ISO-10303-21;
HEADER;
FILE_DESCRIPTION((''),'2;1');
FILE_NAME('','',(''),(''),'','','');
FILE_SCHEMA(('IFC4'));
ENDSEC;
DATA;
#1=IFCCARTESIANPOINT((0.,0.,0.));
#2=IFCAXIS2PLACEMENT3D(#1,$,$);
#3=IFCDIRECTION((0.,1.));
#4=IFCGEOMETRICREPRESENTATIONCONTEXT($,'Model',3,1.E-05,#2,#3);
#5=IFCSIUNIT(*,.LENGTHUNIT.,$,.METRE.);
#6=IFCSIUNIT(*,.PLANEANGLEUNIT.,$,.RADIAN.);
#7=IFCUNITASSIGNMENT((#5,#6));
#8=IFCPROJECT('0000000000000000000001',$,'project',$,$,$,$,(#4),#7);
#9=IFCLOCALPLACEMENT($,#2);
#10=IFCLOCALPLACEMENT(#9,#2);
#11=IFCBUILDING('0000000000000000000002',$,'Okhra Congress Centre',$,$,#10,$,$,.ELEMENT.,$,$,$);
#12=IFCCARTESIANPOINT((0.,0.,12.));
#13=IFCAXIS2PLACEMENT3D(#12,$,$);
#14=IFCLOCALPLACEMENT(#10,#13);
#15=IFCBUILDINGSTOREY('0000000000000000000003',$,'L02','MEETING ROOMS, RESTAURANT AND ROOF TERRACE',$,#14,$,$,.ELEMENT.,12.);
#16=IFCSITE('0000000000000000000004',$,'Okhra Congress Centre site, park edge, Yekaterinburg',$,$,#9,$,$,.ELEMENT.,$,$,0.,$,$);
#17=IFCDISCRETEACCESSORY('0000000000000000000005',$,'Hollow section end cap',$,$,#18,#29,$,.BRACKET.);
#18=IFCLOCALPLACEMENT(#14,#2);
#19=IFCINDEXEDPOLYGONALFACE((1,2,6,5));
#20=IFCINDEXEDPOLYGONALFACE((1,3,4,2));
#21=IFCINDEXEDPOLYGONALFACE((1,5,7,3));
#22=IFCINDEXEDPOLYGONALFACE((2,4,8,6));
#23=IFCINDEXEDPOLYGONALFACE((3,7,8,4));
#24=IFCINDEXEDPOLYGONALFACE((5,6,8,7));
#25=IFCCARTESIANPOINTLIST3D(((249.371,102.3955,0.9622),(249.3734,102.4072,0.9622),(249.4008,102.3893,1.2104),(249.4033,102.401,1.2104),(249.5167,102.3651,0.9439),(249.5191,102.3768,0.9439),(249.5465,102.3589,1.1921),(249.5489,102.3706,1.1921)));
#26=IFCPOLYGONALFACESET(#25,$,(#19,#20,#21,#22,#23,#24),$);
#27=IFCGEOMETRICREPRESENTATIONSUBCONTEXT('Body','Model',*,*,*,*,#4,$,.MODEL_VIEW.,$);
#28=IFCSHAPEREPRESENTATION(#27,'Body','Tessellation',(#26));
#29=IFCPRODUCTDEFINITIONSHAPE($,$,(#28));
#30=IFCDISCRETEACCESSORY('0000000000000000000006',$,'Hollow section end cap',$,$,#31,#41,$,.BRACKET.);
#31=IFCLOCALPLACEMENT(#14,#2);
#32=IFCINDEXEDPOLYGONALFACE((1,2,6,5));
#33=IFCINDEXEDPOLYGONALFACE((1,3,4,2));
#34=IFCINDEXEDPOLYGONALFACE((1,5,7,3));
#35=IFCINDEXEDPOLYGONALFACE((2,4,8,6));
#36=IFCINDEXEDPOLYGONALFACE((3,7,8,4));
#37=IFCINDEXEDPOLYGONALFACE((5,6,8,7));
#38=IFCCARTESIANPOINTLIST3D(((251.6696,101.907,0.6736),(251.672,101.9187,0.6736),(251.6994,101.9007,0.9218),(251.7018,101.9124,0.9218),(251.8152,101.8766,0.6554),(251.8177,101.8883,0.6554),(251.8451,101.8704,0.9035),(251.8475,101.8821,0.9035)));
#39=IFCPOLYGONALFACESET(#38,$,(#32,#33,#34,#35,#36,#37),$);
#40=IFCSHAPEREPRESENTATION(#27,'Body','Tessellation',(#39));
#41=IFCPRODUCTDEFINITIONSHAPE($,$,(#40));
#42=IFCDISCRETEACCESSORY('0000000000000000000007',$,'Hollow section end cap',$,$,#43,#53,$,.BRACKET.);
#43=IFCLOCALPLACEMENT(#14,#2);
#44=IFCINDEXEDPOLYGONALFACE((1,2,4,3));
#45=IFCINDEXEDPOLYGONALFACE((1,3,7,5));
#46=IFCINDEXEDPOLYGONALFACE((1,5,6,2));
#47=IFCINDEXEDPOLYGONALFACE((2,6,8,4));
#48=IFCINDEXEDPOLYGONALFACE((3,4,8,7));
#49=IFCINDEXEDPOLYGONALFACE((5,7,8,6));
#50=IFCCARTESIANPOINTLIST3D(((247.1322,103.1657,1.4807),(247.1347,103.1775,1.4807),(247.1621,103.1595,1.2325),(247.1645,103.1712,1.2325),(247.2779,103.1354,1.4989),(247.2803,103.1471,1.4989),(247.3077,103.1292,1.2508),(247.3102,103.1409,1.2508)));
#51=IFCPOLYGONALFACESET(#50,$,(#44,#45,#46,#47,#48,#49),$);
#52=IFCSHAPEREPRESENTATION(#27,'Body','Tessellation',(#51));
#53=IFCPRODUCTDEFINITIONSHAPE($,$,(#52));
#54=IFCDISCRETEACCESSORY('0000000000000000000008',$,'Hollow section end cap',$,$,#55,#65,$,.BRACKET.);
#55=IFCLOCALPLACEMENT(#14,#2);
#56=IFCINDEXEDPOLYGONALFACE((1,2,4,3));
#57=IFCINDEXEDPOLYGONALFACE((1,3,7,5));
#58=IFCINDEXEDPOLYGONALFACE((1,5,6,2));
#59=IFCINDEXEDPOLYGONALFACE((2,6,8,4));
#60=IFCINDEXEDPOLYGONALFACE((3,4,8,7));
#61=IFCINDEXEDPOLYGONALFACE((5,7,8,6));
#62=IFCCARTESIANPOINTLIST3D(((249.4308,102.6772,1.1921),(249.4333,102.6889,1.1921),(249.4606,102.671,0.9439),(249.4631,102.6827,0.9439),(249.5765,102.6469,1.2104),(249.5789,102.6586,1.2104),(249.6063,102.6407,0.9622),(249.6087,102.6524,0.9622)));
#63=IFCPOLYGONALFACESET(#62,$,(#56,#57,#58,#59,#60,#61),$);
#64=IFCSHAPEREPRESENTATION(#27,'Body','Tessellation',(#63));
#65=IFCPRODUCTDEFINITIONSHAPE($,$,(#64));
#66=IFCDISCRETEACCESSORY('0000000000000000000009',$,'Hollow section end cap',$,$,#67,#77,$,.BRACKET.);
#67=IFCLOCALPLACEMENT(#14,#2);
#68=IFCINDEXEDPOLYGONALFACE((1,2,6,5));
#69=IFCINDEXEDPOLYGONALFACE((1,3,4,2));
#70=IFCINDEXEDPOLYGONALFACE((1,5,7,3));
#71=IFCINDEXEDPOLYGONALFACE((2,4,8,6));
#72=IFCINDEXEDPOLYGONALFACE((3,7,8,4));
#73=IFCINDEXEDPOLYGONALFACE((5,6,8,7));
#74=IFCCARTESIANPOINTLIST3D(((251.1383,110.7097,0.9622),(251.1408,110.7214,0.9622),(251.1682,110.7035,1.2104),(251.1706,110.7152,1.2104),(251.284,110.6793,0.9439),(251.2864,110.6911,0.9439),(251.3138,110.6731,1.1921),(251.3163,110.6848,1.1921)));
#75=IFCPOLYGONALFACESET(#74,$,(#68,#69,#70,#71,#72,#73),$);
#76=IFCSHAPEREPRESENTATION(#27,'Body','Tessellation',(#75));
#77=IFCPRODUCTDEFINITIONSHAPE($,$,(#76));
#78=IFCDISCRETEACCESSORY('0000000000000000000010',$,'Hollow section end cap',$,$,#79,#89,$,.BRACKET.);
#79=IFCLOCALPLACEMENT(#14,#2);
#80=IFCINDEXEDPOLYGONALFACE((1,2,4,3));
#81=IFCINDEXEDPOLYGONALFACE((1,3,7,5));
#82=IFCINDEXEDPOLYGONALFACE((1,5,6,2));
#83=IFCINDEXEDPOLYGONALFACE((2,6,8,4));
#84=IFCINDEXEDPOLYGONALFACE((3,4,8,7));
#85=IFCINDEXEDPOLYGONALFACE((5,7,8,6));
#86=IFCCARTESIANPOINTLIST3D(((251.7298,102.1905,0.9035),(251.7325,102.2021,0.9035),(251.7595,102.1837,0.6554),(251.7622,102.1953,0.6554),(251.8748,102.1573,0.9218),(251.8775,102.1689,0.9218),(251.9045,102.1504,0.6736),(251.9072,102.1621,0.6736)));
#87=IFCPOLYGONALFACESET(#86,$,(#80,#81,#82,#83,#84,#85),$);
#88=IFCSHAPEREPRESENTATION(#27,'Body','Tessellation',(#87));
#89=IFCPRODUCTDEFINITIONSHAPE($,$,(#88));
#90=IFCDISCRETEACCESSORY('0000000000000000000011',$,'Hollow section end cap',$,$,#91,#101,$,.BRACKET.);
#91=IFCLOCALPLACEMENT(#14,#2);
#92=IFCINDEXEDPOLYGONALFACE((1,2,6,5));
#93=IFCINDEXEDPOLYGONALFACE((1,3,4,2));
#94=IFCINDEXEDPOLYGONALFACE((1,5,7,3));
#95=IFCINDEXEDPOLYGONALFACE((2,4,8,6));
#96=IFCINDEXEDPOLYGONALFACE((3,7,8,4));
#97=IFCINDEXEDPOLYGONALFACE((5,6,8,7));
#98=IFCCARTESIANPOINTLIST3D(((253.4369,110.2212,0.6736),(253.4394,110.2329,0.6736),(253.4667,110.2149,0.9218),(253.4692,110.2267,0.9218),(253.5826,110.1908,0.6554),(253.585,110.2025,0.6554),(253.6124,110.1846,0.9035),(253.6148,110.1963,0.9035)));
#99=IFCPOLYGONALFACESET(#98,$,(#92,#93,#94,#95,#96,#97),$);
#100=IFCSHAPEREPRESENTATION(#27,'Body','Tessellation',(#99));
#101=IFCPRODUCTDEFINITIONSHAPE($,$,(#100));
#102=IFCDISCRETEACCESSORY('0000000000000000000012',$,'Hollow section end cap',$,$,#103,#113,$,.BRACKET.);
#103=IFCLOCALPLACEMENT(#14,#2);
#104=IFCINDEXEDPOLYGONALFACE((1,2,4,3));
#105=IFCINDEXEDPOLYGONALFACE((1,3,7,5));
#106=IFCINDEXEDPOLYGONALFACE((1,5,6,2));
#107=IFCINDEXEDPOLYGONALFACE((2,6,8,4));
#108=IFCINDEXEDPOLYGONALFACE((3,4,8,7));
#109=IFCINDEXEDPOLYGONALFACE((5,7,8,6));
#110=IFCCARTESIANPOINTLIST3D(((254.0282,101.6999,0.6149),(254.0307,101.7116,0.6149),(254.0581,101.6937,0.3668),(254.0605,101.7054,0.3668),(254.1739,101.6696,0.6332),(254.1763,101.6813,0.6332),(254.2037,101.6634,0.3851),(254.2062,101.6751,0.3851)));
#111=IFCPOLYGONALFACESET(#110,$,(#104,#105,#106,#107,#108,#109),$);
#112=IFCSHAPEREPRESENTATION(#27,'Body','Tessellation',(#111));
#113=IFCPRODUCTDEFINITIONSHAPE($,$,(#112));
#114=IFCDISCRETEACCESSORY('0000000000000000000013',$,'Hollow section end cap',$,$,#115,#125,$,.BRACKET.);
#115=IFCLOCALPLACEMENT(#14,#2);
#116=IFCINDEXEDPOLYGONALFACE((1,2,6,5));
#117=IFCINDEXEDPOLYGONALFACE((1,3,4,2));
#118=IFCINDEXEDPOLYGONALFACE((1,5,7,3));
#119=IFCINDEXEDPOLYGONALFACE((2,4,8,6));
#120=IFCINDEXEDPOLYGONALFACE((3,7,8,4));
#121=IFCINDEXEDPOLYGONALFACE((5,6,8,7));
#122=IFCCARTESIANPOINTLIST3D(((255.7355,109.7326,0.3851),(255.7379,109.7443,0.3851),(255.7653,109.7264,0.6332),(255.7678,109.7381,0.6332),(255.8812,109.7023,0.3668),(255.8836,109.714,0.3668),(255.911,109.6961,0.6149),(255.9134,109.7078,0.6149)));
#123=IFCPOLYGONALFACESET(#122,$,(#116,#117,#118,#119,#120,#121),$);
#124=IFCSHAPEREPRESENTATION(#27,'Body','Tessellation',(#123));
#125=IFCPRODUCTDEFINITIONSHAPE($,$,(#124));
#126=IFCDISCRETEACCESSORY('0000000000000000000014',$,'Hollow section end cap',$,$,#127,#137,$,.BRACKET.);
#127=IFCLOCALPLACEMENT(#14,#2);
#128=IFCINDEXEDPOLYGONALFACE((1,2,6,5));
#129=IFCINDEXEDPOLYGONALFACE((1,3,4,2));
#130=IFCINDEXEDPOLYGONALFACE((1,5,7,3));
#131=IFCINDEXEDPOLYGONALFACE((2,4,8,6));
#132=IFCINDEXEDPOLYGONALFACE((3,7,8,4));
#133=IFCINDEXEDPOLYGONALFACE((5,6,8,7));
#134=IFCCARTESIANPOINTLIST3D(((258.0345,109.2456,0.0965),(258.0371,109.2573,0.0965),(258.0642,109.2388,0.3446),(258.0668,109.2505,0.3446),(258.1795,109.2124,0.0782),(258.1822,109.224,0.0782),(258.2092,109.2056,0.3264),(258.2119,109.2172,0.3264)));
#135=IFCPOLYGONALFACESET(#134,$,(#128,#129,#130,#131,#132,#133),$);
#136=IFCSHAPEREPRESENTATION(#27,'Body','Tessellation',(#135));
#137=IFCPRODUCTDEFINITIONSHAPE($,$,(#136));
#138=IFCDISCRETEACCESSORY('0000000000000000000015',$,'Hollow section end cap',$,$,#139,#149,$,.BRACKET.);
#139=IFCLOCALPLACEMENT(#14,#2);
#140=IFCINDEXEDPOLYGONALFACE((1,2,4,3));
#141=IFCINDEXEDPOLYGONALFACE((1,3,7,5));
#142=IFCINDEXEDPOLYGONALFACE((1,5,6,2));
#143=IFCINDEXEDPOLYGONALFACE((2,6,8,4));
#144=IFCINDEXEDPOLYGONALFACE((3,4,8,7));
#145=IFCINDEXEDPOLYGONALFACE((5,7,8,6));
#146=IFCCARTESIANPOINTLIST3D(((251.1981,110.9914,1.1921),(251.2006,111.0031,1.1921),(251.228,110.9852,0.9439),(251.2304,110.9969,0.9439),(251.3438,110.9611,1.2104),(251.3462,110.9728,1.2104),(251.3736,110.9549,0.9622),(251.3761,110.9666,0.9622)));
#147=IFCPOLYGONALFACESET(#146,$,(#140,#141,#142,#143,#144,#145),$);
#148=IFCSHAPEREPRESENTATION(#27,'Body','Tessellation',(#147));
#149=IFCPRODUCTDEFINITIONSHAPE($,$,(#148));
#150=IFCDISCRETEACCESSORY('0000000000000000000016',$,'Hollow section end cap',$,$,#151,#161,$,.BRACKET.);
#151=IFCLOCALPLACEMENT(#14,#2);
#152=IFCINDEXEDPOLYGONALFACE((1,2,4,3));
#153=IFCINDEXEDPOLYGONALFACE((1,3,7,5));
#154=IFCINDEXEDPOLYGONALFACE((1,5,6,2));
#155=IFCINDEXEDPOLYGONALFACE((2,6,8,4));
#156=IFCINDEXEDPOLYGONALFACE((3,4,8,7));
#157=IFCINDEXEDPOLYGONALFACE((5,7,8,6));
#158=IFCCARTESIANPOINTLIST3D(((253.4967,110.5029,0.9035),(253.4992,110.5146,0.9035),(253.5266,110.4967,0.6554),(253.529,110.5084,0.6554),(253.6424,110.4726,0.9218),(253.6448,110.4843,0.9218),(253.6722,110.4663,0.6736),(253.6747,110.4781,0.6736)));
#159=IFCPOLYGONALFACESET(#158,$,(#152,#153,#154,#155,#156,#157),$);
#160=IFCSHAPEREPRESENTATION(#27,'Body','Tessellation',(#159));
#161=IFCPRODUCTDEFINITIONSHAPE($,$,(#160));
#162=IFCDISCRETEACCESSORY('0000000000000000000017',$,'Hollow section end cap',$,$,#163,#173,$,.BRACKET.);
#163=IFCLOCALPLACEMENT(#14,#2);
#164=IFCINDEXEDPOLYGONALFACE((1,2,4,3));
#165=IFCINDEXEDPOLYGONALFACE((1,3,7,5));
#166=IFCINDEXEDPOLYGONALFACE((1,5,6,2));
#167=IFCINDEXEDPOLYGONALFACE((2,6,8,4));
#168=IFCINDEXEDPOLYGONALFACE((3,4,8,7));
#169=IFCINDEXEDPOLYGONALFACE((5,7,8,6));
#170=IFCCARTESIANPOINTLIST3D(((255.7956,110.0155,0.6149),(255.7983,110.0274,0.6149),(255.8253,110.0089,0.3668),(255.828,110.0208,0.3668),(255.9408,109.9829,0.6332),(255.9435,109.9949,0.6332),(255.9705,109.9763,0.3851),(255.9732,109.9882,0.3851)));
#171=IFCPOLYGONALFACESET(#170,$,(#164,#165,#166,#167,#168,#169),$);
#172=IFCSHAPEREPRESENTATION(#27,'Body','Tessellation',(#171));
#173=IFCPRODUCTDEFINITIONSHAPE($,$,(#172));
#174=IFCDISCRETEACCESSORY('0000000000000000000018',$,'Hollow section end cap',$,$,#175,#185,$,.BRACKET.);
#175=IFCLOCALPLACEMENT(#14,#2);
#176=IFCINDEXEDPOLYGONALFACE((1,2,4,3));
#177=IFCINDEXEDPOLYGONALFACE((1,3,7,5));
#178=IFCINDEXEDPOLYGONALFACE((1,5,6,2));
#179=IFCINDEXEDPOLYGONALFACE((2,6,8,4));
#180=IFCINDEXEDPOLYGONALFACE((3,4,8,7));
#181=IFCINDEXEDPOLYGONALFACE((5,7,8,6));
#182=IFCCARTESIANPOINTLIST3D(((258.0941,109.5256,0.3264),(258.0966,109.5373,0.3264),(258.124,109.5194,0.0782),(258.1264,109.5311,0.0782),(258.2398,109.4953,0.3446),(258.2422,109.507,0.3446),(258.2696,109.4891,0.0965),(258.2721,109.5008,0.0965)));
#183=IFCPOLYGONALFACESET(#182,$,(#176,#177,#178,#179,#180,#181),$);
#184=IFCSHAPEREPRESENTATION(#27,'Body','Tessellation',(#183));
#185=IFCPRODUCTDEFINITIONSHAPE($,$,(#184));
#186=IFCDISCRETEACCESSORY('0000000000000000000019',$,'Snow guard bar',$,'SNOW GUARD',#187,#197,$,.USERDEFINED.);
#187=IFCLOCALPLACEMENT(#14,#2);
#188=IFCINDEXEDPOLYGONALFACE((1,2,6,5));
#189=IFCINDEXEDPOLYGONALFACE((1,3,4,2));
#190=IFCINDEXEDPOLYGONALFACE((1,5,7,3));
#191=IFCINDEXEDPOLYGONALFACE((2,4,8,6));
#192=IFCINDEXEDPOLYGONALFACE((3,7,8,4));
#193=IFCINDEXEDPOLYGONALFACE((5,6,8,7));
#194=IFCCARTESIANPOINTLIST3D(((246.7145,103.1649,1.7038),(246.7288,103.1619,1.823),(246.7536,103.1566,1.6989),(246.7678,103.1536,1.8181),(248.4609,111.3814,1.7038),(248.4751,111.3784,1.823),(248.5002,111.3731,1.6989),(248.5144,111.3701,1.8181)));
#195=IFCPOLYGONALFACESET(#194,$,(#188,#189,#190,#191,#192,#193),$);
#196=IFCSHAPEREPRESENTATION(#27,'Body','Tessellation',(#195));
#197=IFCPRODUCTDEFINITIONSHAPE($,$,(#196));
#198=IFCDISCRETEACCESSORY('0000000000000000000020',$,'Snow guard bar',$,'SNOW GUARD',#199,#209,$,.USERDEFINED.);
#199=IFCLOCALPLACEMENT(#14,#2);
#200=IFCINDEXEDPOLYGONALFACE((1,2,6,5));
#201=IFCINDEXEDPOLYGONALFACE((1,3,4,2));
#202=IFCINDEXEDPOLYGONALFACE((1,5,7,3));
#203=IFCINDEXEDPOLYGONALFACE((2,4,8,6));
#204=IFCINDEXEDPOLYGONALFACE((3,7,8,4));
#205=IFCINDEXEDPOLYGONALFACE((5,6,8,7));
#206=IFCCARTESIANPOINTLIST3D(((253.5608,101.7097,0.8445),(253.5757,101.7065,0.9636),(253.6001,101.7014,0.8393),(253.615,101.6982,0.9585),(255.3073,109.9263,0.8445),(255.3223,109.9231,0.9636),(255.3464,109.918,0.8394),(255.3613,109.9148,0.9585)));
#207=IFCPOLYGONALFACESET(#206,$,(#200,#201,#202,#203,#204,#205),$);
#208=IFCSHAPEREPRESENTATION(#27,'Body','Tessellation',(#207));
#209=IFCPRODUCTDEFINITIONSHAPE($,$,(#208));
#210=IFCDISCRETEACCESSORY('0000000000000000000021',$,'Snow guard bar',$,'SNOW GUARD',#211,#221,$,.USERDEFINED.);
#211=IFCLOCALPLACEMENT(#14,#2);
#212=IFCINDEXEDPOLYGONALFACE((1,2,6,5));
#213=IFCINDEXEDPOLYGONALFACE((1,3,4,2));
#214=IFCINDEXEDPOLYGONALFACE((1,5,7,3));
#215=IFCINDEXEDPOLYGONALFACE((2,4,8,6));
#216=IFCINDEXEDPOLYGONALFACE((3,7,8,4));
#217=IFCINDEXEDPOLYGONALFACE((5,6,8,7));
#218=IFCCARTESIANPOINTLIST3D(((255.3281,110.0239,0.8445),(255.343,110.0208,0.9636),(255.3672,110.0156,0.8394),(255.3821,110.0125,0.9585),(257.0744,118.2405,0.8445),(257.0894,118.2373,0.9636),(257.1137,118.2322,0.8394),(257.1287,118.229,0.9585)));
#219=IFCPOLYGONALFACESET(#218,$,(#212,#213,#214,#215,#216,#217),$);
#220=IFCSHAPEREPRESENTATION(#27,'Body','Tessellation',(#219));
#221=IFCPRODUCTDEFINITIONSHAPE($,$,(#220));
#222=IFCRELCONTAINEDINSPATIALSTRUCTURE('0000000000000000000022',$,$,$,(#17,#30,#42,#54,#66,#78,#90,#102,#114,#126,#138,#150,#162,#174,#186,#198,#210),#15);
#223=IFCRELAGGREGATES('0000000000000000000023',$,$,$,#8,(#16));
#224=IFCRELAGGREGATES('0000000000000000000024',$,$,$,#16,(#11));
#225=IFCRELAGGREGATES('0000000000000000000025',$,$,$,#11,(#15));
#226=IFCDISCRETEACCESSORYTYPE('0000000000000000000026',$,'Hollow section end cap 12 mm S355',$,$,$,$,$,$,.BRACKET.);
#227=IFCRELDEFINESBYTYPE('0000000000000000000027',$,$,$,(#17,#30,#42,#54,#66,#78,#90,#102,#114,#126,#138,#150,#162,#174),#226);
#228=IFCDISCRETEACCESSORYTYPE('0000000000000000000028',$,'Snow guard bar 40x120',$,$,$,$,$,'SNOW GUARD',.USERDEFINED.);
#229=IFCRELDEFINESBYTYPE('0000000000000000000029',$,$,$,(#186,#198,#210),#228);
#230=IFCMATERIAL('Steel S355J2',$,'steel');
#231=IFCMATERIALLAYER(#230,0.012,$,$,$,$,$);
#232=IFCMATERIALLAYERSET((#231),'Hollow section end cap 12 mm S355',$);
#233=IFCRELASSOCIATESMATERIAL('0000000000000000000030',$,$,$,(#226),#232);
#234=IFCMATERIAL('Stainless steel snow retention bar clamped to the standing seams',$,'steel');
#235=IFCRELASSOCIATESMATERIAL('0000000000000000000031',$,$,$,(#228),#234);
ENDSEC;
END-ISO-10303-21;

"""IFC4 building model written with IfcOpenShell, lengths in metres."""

from ifc_helpers import new_model, si_unit, direction, frame, origin, origin_2d, place, context, subcontext, project, spatial, polyline, rectangle, outline, extrude, material, layer, layer_set, type_object, element, save


model = new_model("IFC4")

# Units and contexts
model_context = context("Model", 3, precision=1e-05, world=origin(), true_north=direction((0.0, 1.0)))
body_context = subcontext(model_context, "Body", "Model", "MODEL_VIEW")
ifc_project = project(units=[si_unit("LENGTHUNIT", "METRE"), si_unit("PLANEANGLEUNIT", "RADIAN")], contexts=[model_context])

# Site, building, storey
site_placement = place(None, origin())
site = spatial("IfcSite", under=ifc_project, at=site_placement, Name="Okhra Congress Centre site, park edge, Yekaterinburg", CompositionType="ELEMENT", RefElevation=0.0)
building_placement = place(site_placement, origin())
building = spatial("IfcBuilding", under=site, at=building_placement, Name="Okhra Congress Centre", CompositionType="ELEMENT")
storey_placement = place(building_placement, frame((0.0, 0.0, 12.0)))
storey = spatial("IfcBuildingStorey", under=building, at=storey_placement, Name="L02", Description="MEETING ROOMS, RESTAURANT AND ROOF TERRACE", CompositionType="ELEMENT", Elevation=12.0)

# Shared definitions
ifc_material_1 = material(Name="Steel S355J2", Category="steel")

# Discrete accessories
ifc_layer = layer(ifc_material_1, 0.012)
ifc_layer_set = layer_set([ifc_layer], Name="Hollow section end cap 12 mm S355")
discrete_accessory_type_1 = type_object("IfcDiscreteAccessoryType", Name="Hollow section end cap 12 mm S355", PredefinedType="BRACKET", material=ifc_layer_set)
for number, where, z_axis, x_axis, name in (
    (1, (249.4587, 102.3772, 1.0771), (0.203954, 0.97898, 0.0), (-0.971683, 0.202434, 0.121869), "Hollow section end cap"),
    (2, (251.7573, 101.8887, 0.7886), (0.203954, 0.97898, 0.0), (-0.971683, 0.202434, 0.121869), "Hollow section end cap"),
    (3, (247.2224, 103.1592, 1.3657), (-0.203954, -0.97898, 0.0), (0.971683, -0.202434, 0.121869), "Hollow section end cap"),
    (4, (249.521, 102.6707, 1.0771), (-0.203954, -0.97898, 0.0), (0.971683, -0.202434, 0.121869), "Hollow section end cap"),
    (5, (251.2261, 110.6914, 1.0771), (0.203954, 0.97898, 0.0), (-0.971683, 0.202434, 0.121869), "Hollow section end cap"),
    (6, (251.8198, 102.1821, 0.7886), (-0.223376, -0.974732, 0.0), (0.967467, -0.221711, 0.121869), "Hollow section end cap"),
    (7, (253.5247, 110.2029, 0.7886), (0.203954, 0.97898, 0.0), (-0.971683, 0.202434, 0.121869), "Hollow section end cap"),
    (8, (254.1184, 101.6934, 0.5), (-0.203954, -0.97898, 0.0), (0.971683, -0.202434, 0.121869), "Hollow section end cap"),
    (9, (255.8232, 109.7144, 0.5), (0.203954, 0.97898, 0.0), (-0.971683, 0.202434, 0.121869), "Hollow section end cap"),
    (10, (258.1218, 109.2256, 0.2114), (0.223376, 0.974732, 0.0), (-0.967467, 0.221711, 0.121869), "Hollow section end cap"),
    (11, (251.2883, 110.9849, 1.0771), (-0.203954, -0.97898, 0.0), (0.971683, -0.202434, 0.121869), "Hollow section end cap"),
    (12, (253.5869, 110.4963, 0.7886), (-0.203954, -0.97898, 0.0), (0.971683, -0.202434, 0.121869), "Hollow section end cap"),
):
    element("IfcDiscreteAccessory", number, at=place(storey_placement, frame(where, z_axis=z_axis, x_axis=x_axis)), inside=storey, type_object=discrete_accessory_type_1, Name=name, PredefinedType="BRACKET", context=body_context, shape_type="SweptSolid", body=[
        extrude(rectangle(XDim=0.1499, YDim=0.25, at=origin_2d()), origin(), (0.0, 0.0, 1.0), 0.012),
    ])
discrete_accessory_1_placement = place(storey_placement, frame((255.8857, 110.0078, 0.5), z_axis=(-0.219038, -0.975716, 0.0), x_axis=(0.968443, -0.217406, 0.121869)))
element("IfcDiscreteAccessory", 13, at=discrete_accessory_1_placement, inside=storey, type_object=discrete_accessory_type_1, Name="Hollow section end cap", PredefinedType="BRACKET", context=body_context, shape_type="SweptSolid", body=[
    extrude(rectangle(XDim=0.1499, YDim=0.25, at=origin_2d()), origin(), (0.0, 0.0, 1.0), 0.0122),
])
discrete_accessory_2_placement = place(storey_placement, frame((258.1843, 109.519, 0.2114), z_axis=(-0.203954, -0.97898, 0.0), x_axis=(0.971683, -0.202434, 0.121869)))
element("IfcDiscreteAccessory", 14, at=discrete_accessory_2_placement, inside=storey, type_object=discrete_accessory_type_1, Name="Hollow section end cap", PredefinedType="BRACKET", context=body_context, shape_type="SweptSolid", body=[
    extrude(rectangle(XDim=0.1499, YDim=0.25, at=origin_2d()), origin(), (0.0, 0.0, 1.0), 0.012),
])
ifc_material_2 = material(Name="Stainless steel snow retention bar clamped to the standing seams", Category="steel")
discrete_accessory_type_2 = type_object("IfcDiscreteAccessoryType", Name="Snow guard bar 40x120", ElementType="SNOW GUARD", PredefinedType="USERDEFINED", material=ifc_material_2)
discrete_accessory_3_placement = place(storey_placement, frame((246.7288, 103.1619, 1.823), z_axis=(0.118365, -0.025159, 0.992651), x_axis=(0.970971, -0.206331, -0.12101)))
element("IfcDiscreteAccessory", 15, at=discrete_accessory_3_placement, inside=storey, type_object=discrete_accessory_type_2, Name="Snow guard bar", ObjectType="SNOW GUARD", PredefinedType="USERDEFINED", context=body_context, shape_type="SweptSolid", body=[
    extrude(outline(polyline([(0.0, 0.0), (0.0402, 0.0), (0.0408, 8.4001), (0.0003, 8.4001), (0.0, 0.0)])), origin(), (0.0, 0.0, -1.0), 0.1201),
])
discrete_accessory_4_placement = place(storey_placement, frame((253.5757, 101.7065, 0.9636), z_axis=(0.12419, -0.026397, 0.991907), x_axis=(0.970503, -0.204951, -0.126965)))
element("IfcDiscreteAccessory", 16, at=discrete_accessory_4_placement, inside=storey, type_object=discrete_accessory_type_2, Name="Snow guard bar", ObjectType="SNOW GUARD", PredefinedType="USERDEFINED", context=body_context, shape_type="SweptSolid", body=[
    extrude(outline(polyline([(0.0, 0.0), (0.0405, 0.0), (0.0513, 8.4001), (0.0111, 8.4001), (0.0, 0.0)])), origin(), (0.0, 0.0, -1.0), 0.1201),
])
discrete_accessory_5_placement = place(storey_placement, frame((255.343, 110.0208, 0.9636), z_axis=(0.12419, -0.026397, 0.991907), x_axis=(0.970243, -0.206177, -0.126965)))
element("IfcDiscreteAccessory", 17, at=discrete_accessory_5_placement, inside=storey, type_object=discrete_accessory_type_2, Name="Snow guard bar", ObjectType="SNOW GUARD", PredefinedType="USERDEFINED", context=body_context, shape_type="SweptSolid", body=[
    extrude(outline(polyline([(0.0, 0.0), (0.0403, 0.0), (0.0408, 8.4001), (0.0003, 8.4001), (0.0, 0.0)])), origin(), (0.0, 0.0, -1.0), 0.1201),
])

save(model, "model.ifc")
